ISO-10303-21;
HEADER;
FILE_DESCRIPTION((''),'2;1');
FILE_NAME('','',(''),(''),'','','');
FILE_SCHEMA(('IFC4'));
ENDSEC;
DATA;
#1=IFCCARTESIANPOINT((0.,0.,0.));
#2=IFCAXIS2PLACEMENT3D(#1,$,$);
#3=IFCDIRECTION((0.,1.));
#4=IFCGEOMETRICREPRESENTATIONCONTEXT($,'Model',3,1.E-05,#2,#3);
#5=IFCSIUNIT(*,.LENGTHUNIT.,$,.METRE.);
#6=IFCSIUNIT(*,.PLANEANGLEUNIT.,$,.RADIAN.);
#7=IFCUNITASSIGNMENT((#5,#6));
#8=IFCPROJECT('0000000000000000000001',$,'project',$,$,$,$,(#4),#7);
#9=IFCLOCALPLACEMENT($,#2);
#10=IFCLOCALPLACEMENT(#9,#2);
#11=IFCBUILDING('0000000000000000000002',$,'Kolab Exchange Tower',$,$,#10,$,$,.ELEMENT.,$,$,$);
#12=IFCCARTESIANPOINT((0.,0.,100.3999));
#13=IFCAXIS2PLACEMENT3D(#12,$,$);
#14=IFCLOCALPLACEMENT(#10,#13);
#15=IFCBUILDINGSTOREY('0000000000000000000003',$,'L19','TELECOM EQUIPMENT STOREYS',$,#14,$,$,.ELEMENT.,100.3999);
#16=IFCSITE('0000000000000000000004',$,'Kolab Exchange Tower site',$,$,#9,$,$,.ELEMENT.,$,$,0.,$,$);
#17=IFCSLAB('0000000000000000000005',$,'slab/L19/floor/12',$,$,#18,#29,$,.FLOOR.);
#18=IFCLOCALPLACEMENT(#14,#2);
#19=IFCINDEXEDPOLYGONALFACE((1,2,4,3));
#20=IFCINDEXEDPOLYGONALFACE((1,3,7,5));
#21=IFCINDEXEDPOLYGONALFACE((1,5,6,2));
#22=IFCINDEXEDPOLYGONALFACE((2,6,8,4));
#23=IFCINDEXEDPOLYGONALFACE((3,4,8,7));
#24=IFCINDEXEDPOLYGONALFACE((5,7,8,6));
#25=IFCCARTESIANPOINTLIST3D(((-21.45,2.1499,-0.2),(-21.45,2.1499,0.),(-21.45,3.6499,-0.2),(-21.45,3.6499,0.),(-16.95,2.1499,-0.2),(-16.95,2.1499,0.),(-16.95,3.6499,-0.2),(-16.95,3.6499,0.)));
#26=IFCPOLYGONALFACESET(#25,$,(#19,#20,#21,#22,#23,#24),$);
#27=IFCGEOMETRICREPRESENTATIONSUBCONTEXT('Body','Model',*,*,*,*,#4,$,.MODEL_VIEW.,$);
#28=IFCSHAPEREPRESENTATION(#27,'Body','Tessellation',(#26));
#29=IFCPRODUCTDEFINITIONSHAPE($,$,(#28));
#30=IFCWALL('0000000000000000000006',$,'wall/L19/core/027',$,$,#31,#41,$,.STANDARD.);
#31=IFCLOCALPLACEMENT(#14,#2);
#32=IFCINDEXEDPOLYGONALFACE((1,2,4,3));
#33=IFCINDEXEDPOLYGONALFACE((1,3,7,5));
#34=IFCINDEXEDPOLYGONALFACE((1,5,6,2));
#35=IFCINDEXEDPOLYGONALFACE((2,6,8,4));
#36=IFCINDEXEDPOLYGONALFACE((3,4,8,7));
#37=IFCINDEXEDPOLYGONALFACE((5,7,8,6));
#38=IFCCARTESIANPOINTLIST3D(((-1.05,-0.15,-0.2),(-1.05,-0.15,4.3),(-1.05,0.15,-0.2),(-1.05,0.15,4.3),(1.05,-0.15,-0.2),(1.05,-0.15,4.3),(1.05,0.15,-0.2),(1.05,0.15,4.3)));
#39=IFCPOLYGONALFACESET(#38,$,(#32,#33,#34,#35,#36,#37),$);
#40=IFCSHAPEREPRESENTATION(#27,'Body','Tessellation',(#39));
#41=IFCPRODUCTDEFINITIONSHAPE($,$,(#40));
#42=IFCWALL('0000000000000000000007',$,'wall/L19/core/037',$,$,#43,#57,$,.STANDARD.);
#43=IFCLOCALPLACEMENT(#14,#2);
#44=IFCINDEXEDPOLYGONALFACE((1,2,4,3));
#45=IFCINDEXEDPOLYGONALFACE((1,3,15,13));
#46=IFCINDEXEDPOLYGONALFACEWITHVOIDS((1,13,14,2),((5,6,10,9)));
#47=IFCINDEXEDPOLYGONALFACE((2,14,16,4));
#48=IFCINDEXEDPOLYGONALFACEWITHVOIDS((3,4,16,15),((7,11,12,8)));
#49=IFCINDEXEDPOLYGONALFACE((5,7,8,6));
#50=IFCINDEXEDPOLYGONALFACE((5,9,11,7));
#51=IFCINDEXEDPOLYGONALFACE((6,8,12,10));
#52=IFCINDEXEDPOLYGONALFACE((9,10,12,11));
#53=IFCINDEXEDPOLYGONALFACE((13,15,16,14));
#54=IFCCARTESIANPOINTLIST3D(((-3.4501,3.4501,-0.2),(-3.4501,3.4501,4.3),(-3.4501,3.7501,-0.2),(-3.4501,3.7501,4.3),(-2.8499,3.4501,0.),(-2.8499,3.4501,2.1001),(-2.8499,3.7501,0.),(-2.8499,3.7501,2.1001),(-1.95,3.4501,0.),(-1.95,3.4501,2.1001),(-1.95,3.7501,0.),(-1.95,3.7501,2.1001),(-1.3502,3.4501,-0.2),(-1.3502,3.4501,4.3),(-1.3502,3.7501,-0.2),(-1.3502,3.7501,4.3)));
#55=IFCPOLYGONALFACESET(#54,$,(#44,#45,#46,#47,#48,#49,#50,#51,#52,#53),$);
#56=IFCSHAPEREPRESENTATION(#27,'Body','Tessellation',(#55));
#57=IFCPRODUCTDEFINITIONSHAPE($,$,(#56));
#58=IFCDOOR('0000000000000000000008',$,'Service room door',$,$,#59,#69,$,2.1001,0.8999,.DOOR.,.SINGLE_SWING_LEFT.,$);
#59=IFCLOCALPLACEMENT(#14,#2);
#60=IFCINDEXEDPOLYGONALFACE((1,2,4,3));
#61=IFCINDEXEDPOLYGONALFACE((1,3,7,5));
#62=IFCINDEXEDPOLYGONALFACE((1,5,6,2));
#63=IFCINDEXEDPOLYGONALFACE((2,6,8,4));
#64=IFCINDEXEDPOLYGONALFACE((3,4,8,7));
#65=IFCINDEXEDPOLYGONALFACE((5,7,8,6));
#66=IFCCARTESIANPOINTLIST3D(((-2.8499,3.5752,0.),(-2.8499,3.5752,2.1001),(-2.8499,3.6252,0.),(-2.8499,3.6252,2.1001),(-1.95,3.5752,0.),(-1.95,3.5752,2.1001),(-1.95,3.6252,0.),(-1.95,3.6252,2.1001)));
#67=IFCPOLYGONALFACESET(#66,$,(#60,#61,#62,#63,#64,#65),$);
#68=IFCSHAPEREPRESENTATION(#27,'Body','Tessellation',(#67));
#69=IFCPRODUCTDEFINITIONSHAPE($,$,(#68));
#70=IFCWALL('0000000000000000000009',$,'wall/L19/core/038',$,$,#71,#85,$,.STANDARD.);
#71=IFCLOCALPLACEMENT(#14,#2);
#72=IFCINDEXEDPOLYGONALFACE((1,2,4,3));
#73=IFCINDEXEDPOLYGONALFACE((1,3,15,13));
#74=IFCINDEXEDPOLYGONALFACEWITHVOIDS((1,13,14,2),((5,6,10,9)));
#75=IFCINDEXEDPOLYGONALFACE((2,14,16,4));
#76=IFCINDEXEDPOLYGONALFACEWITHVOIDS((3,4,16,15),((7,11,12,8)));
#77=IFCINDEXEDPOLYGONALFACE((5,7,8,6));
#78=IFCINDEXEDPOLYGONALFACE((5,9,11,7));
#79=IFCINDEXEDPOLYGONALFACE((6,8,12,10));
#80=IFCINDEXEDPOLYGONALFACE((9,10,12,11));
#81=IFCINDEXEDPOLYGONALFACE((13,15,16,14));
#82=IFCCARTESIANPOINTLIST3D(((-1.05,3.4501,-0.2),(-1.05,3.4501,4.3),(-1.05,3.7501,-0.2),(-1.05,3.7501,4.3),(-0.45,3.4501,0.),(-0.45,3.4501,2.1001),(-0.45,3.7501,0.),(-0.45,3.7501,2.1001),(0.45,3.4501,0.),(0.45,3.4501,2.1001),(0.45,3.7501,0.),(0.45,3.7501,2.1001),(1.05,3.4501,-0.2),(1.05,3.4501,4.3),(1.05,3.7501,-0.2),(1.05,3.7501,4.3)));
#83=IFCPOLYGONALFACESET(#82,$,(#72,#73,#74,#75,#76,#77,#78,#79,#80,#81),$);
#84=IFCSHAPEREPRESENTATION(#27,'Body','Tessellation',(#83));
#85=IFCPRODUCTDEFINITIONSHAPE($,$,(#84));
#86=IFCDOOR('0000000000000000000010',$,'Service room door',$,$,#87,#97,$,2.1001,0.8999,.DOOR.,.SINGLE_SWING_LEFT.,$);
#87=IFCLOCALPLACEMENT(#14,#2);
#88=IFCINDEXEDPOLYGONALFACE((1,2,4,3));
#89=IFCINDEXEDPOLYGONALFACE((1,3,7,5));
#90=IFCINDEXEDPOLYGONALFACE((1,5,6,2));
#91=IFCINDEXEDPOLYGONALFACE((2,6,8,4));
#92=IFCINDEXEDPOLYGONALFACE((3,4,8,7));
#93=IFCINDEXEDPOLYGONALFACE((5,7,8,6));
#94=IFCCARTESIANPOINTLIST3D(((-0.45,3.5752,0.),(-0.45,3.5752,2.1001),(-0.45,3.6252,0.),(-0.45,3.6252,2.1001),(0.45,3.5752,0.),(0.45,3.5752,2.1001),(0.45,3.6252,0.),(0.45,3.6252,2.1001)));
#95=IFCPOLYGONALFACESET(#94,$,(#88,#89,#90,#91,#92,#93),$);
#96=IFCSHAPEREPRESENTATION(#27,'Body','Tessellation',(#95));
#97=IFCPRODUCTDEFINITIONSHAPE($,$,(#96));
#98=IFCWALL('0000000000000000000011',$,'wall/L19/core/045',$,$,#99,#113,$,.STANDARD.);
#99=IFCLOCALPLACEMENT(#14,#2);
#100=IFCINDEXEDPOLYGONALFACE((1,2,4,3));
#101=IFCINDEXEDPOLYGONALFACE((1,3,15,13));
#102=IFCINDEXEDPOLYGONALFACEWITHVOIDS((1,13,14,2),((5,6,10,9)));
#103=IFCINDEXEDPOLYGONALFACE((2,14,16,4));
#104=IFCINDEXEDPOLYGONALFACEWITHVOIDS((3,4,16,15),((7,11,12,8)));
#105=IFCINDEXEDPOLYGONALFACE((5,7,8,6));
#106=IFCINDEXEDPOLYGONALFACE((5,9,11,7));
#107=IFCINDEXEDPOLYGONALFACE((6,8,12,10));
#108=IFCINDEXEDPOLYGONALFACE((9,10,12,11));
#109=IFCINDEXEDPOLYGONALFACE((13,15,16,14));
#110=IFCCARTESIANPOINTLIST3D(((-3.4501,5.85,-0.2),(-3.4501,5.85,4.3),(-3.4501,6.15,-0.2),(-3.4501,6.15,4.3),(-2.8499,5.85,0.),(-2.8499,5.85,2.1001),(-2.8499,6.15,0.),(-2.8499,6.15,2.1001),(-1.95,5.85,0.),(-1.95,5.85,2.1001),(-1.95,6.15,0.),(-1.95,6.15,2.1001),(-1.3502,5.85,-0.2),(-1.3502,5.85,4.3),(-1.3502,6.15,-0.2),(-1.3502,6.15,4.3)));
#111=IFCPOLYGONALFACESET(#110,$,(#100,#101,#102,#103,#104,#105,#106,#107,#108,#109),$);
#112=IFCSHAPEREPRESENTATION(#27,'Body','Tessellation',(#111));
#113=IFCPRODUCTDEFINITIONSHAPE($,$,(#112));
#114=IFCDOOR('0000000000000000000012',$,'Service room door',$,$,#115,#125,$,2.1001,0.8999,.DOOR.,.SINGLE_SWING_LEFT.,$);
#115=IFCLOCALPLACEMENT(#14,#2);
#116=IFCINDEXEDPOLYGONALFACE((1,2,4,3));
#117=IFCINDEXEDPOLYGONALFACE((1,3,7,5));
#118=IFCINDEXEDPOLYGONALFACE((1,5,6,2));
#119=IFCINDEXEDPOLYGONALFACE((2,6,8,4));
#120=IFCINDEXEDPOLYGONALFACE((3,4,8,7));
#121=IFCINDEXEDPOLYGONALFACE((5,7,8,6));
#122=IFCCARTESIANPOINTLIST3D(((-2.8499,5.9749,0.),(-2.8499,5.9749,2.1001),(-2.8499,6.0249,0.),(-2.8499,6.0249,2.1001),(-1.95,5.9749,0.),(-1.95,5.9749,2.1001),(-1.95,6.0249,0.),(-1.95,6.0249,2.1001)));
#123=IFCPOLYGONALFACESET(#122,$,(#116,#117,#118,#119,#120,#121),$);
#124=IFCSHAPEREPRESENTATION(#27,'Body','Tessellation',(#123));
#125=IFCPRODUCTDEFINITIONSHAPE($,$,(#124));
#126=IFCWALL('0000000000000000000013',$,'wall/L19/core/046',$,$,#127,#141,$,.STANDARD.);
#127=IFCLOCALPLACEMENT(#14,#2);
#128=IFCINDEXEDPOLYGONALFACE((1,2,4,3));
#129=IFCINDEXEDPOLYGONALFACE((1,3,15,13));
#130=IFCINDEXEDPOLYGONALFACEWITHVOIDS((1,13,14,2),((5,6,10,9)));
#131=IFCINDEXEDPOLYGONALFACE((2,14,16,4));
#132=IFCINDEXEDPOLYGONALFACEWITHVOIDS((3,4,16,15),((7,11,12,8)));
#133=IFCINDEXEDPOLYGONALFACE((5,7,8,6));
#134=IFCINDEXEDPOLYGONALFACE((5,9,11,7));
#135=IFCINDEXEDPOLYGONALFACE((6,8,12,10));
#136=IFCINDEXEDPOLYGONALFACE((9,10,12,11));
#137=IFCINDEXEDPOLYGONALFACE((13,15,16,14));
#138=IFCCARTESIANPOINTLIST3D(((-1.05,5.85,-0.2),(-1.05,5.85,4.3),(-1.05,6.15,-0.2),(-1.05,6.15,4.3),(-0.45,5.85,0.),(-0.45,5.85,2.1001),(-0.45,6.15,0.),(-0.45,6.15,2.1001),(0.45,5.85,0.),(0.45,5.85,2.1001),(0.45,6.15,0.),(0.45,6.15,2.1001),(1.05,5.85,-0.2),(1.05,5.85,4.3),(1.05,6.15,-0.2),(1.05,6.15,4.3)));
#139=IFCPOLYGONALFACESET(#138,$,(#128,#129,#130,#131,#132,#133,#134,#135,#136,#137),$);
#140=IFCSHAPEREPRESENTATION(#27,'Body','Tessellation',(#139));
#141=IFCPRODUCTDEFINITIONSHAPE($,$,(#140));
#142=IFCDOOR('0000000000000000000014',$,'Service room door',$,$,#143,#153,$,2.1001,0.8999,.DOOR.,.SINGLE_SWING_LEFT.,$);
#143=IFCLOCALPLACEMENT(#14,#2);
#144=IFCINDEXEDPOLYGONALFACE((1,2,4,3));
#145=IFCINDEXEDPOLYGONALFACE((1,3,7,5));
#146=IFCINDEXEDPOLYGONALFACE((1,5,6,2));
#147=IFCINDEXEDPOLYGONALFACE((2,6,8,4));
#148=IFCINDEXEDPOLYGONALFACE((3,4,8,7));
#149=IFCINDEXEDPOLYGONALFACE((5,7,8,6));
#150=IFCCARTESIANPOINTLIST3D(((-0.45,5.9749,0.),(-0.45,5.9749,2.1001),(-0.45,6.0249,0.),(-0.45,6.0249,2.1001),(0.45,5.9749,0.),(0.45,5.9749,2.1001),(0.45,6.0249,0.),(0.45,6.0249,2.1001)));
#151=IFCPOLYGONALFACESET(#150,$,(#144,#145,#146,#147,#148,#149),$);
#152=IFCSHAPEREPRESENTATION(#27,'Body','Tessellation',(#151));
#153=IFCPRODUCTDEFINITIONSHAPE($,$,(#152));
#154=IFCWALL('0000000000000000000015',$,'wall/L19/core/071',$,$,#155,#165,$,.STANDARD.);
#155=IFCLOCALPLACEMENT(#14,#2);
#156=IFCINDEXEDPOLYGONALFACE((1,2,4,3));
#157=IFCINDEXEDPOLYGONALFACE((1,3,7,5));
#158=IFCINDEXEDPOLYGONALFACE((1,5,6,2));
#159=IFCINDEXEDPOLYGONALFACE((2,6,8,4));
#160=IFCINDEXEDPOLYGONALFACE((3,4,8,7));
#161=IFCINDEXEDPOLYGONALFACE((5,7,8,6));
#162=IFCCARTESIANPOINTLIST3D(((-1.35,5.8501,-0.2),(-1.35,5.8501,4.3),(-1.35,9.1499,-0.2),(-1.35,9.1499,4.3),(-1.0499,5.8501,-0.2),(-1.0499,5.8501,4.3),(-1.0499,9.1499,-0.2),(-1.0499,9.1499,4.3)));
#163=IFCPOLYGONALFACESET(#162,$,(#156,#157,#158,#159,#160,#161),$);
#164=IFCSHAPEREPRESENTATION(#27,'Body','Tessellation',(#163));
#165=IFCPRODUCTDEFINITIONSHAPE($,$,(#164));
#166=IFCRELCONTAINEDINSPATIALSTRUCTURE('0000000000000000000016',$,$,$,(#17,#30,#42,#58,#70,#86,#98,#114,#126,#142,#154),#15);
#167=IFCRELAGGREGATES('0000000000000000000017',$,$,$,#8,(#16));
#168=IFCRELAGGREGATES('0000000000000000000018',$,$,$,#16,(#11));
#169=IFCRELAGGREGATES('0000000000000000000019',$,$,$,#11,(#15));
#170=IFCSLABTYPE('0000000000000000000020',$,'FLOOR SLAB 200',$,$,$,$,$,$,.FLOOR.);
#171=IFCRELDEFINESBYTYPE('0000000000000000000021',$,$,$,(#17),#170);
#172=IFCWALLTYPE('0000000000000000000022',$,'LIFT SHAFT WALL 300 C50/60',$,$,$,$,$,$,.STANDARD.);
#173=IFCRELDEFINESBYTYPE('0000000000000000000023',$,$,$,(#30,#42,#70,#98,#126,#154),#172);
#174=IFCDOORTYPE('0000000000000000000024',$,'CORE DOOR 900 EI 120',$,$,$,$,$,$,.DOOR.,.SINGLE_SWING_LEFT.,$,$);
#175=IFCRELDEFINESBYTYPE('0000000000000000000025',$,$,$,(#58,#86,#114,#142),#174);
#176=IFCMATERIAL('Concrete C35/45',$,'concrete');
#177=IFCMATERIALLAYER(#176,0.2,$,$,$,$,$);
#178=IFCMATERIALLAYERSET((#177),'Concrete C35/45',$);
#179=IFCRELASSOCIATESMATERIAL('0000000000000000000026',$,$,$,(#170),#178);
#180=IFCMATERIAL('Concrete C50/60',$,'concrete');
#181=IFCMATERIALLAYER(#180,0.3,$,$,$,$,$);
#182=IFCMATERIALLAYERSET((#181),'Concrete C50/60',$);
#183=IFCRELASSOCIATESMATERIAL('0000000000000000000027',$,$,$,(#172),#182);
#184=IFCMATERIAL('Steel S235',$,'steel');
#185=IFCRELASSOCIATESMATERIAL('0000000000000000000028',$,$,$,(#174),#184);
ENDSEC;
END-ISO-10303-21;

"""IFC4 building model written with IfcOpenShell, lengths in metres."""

from ifc_helpers import new_model, si_unit, direction, frame, frame_2d, origin, place, context, subcontext, project, spatial, polyline, rectangle, outline, extrude, material, layer, layer_set, type_object, element, fill, save


model = new_model("IFC4")

# Units and contexts
model_context = context("Model", 3, precision=1e-05, world=origin(), true_north=direction((0.0, 1.0)))
body_context = subcontext(model_context, "Body", "Model", "MODEL_VIEW")
ifc_project = project(units=[si_unit("LENGTHUNIT", "METRE"), si_unit("PLANEANGLEUNIT", "RADIAN")], contexts=[model_context])

# Site, building, storey
site_placement = place(None, origin())
site = spatial("IfcSite", under=ifc_project, at=site_placement, Name="Kolab Exchange Tower site", CompositionType="ELEMENT", RefElevation=0.0)
building_placement = place(site_placement, origin())
building = spatial("IfcBuilding", under=site, at=building_placement, Name="Kolab Exchange Tower", CompositionType="ELEMENT")
storey_placement = place(building_placement, frame((0.0, 0.0, 100.3999)))
storey = spatial("IfcBuildingStorey", under=building, at=storey_placement, Name="L19", Description="TELECOM EQUIPMENT STOREYS", CompositionType="ELEMENT", Elevation=100.3999)

# Slab
ifc_material_1 = material(Name="Concrete C35/45", Category="concrete")
ifc_layer_1 = layer(ifc_material_1, 0.2)
ifc_layer_set_1 = layer_set([ifc_layer_1], Name="Concrete C35/45")
slab_type = type_object("IfcSlabType", Name="FLOOR SLAB 200", PredefinedType="FLOOR", material=ifc_layer_set_1)
slab_1_placement = place(storey_placement, frame((0.0, 0.0, -0.2)))
element("IfcSlab", 1, at=slab_1_placement, inside=storey, type_object=slab_type, Name="slab/L19/floor/12", PredefinedType="FLOOR", context=body_context, shape_type="SweptSolid", body=[
    extrude(outline(polyline([(-21.45, 3.6499), (-21.45, 2.1499), (-16.95, 2.1499), (-16.95, 3.6499), (-21.45, 3.6499)])), origin(), (0.0, 0.0, 1.0), 0.2),
])

# Wall
ifc_material_2 = material(Name="Concrete C50/60", Category="concrete")
ifc_layer_2 = layer(ifc_material_2, 0.3)
ifc_layer_set_2 = layer_set([ifc_layer_2], Name="Concrete C50/60")
wall_type = type_object("IfcWallType", Name="LIFT SHAFT WALL 300 C50/60", PredefinedType="STANDARD", material=ifc_layer_set_2)
wall_1_placement = place(storey_placement, frame((-1.05, 0.0, -0.2), z_axis=(0.0, 0.0, 1.0), x_axis=(1.0, 0.0, 0.0)))
element("IfcWall", 2, at=wall_1_placement, inside=storey, type_object=wall_type, Name="wall/L19/core/027", PredefinedType="STANDARD", context=body_context, shape_type="SweptSolid", body=[
    extrude(rectangle(XDim=2.1001, YDim=0.3, at=frame_2d((1.05, 0.0))), origin(), (0.0, 0.0, 1.0), 4.5),
])

# Walls, openings, doors
wall_2_placement = place(storey_placement, frame((-3.45, 3.6001, -0.2), z_axis=(0.0, 0.0, 1.0), x_axis=(1.0, 0.0, 0.0)))
wall_2 = element("IfcWall", 3, at=wall_2_placement, inside=storey, type_object=wall_type, Name="wall/L19/core/037", PredefinedType="STANDARD", context=body_context, shape_type="SweptSolid", body=[
    extrude(rectangle(XDim=2.0999, YDim=0.3, at=frame_2d((1.0498, 0.0))), origin(), (0.0, 0.0, 1.0), 4.5),
])
opening_1_placement = place(wall_2_placement, frame((0.6001, 0.0, 0.2)))
opening_1 = element("IfcOpeningElement", 4, at=opening_1_placement, cuts=wall_2, PredefinedType="OPENING", context=body_context, shape_type="SweptSolid", body=[
    extrude(rectangle(XDim=0.8999, YDim=2.1001, at=frame_2d((0.45, 1.05))), frame((0.0, 0.1602, 0.0), z_axis=(0.0, -1.0, 0.0), x_axis=(1.0, 0.0, 0.0)), (0.0, 0.0, 1.0), 0.3201),
])
ifc_material_3 = material(Name="Steel S235", Category="steel")
door_type = type_object("IfcDoorType", Name="CORE DOOR 900 EI 120", OperationType="SINGLE_SWING_LEFT", PredefinedType="DOOR", material=ifc_material_3)
door_1_placement = place(opening_1_placement, frame((0.8999, 0.0, 0.0), z_axis=(0.0, 0.0, 1.0), x_axis=(-1.0, 0.0, 0.0)))
door_1 = element("IfcDoor", 5, at=door_1_placement, inside=storey, type_object=door_type, Name="Service room door", OperationType="SINGLE_SWING_LEFT", OverallHeight=2.1001, OverallWidth=0.8999, PredefinedType="DOOR", context=body_context, shape_type="SweptSolid", body=[
    extrude(rectangle(XDim=0.8999, YDim=2.1001, at=frame_2d((0.45, 1.05))), frame((0.0, 0.0249, 0.0), z_axis=(0.0, -1.0, 0.0), x_axis=(1.0, 0.0, 0.0)), (0.0, 0.0, 1.0), 0.05),
])
fill(opening_1, door_1)
wall_3_placement = place(storey_placement, frame((-1.05, 3.6001, -0.2), z_axis=(0.0, 0.0, 1.0), x_axis=(1.0, 0.0, 0.0)))
wall_3 = element("IfcWall", 6, at=wall_3_placement, inside=storey, type_object=wall_type, Name="wall/L19/core/038", PredefinedType="STANDARD", context=body_context, shape_type="SweptSolid", body=[
    extrude(rectangle(XDim=2.1001, YDim=0.3, at=frame_2d((1.05, 0.0))), origin(), (0.0, 0.0, 1.0), 4.5),
])
opening_2_placement = place(wall_3_placement, frame((0.6001, 0.0, 0.2)))
opening_2 = element("IfcOpeningElement", 7, at=opening_2_placement, cuts=wall_3, PredefinedType="OPENING", context=body_context, shape_type="SweptSolid", body=[
    extrude(rectangle(XDim=0.8999, YDim=2.1001, at=frame_2d((0.45, 1.05))), frame((0.0, 0.1602, 0.0), z_axis=(0.0, -1.0, 0.0), x_axis=(1.0, 0.0, 0.0)), (0.0, 0.0, 1.0), 0.3201),
])
door_2_placement = place(opening_2_placement, frame((0.8999, 0.0, 0.0), z_axis=(0.0, 0.0, 1.0), x_axis=(-1.0, 0.0, 0.0)))
door_2 = element("IfcDoor", 8, at=door_2_placement, inside=storey, type_object=door_type, Name="Service room door", OperationType="SINGLE_SWING_LEFT", OverallHeight=2.1001, OverallWidth=0.8999, PredefinedType="DOOR", context=body_context, shape_type="SweptSolid", body=[
    extrude(rectangle(XDim=0.8999, YDim=2.1001, at=frame_2d((0.45, 1.05))), frame((0.0, 0.0249, 0.0), z_axis=(0.0, -1.0, 0.0), x_axis=(1.0, 0.0, 0.0)), (0.0, 0.0, 1.0), 0.05),
])
fill(opening_2, door_2)
wall_4_placement = place(storey_placement, frame((-3.45, 6.0, -0.2), z_axis=(0.0, 0.0, 1.0), x_axis=(1.0, 0.0, 0.0)))
wall_4 = element("IfcWall", 9, at=wall_4_placement, inside=storey, type_object=wall_type, Name="wall/L19/core/045", PredefinedType="STANDARD", context=body_context, shape_type="SweptSolid", body=[
    extrude(rectangle(XDim=2.0999, YDim=0.3, at=frame_2d((1.0498, 0.0))), origin(), (0.0, 0.0, 1.0), 4.5),
])
opening_3_placement = place(wall_4_placement, frame((0.6001, 0.0, 0.2)))
opening_3 = element("IfcOpeningElement", 10, at=opening_3_placement, cuts=wall_4, PredefinedType="OPENING", context=body_context, shape_type="SweptSolid", body=[
    extrude(rectangle(XDim=0.8999, YDim=2.1001, at=frame_2d((0.45, 1.05))), frame((0.0, 0.1602, 0.0), z_axis=(0.0, -1.0, 0.0), x_axis=(1.0, 0.0, 0.0)), (0.0, 0.0, 1.0), 0.3201),
])
door_3_placement = place(opening_3_placement, origin())
door_3 = element("IfcDoor", 11, at=door_3_placement, inside=storey, type_object=door_type, Name="Service room door", OperationType="SINGLE_SWING_LEFT", OverallHeight=2.1001, OverallWidth=0.8999, PredefinedType="DOOR", context=body_context, shape_type="SweptSolid", body=[
    extrude(rectangle(XDim=0.8999, YDim=2.1001, at=frame_2d((0.45, 1.05))), frame((0.0, 0.0249, 0.0), z_axis=(0.0, -1.0, 0.0), x_axis=(1.0, 0.0, 0.0)), (0.0, 0.0, 1.0), 0.05),
])
fill(opening_3, door_3)
wall_5_placement = place(storey_placement, frame((-1.05, 6.0, -0.2), z_axis=(0.0, 0.0, 1.0), x_axis=(1.0, 0.0, 0.0)))
wall_5 = element("IfcWall", 12, at=wall_5_placement, inside=storey, type_object=wall_type, Name="wall/L19/core/046", PredefinedType="STANDARD", context=body_context, shape_type="SweptSolid", body=[
    extrude(rectangle(XDim=2.1001, YDim=0.3, at=frame_2d((1.05, 0.0))), origin(), (0.0, 0.0, 1.0), 4.5),
])
opening_4_placement = place(wall_5_placement, frame((0.6001, 0.0, 0.2)))
opening_4 = element("IfcOpeningElement", 13, at=opening_4_placement, cuts=wall_5, PredefinedType="OPENING", context=body_context, shape_type="SweptSolid", body=[
    extrude(rectangle(XDim=0.8999, YDim=2.1001, at=frame_2d((0.45, 1.05))), frame((0.0, 0.1602, 0.0), z_axis=(0.0, -1.0, 0.0), x_axis=(1.0, 0.0, 0.0)), (0.0, 0.0, 1.0), 0.3201),
])
door_4_placement = place(opening_4_placement, origin())
door_4 = element("IfcDoor", 14, at=door_4_placement, inside=storey, type_object=door_type, Name="Service room door", OperationType="SINGLE_SWING_LEFT", OverallHeight=2.1001, OverallWidth=0.8999, PredefinedType="DOOR", context=body_context, shape_type="SweptSolid", body=[
    extrude(rectangle(XDim=0.8999, YDim=2.1001, at=frame_2d((0.45, 1.05))), frame((0.0, 0.0249, 0.0), z_axis=(0.0, -1.0, 0.0), x_axis=(1.0, 0.0, 0.0)), (0.0, 0.0, 1.0), 0.05),
])
fill(opening_4, door_4)

# Wall
wall_6_placement = place(storey_placement, frame((-1.2, 5.8501, -0.2), z_axis=(0.0, 0.0, 1.0), x_axis=(0.0, 1.0, 0.0)))
element("IfcWall", 15, at=wall_6_placement, inside=storey, type_object=wall_type, Name="wall/L19/core/071", PredefinedType="STANDARD", context=body_context, shape_type="SweptSolid", body=[
    extrude(rectangle(XDim=3.2998, YDim=0.3, at=frame_2d((1.6499, 0.0))), origin(), (0.0, 0.0, 1.0), 4.5),
])

save(model, "model.ifc")
